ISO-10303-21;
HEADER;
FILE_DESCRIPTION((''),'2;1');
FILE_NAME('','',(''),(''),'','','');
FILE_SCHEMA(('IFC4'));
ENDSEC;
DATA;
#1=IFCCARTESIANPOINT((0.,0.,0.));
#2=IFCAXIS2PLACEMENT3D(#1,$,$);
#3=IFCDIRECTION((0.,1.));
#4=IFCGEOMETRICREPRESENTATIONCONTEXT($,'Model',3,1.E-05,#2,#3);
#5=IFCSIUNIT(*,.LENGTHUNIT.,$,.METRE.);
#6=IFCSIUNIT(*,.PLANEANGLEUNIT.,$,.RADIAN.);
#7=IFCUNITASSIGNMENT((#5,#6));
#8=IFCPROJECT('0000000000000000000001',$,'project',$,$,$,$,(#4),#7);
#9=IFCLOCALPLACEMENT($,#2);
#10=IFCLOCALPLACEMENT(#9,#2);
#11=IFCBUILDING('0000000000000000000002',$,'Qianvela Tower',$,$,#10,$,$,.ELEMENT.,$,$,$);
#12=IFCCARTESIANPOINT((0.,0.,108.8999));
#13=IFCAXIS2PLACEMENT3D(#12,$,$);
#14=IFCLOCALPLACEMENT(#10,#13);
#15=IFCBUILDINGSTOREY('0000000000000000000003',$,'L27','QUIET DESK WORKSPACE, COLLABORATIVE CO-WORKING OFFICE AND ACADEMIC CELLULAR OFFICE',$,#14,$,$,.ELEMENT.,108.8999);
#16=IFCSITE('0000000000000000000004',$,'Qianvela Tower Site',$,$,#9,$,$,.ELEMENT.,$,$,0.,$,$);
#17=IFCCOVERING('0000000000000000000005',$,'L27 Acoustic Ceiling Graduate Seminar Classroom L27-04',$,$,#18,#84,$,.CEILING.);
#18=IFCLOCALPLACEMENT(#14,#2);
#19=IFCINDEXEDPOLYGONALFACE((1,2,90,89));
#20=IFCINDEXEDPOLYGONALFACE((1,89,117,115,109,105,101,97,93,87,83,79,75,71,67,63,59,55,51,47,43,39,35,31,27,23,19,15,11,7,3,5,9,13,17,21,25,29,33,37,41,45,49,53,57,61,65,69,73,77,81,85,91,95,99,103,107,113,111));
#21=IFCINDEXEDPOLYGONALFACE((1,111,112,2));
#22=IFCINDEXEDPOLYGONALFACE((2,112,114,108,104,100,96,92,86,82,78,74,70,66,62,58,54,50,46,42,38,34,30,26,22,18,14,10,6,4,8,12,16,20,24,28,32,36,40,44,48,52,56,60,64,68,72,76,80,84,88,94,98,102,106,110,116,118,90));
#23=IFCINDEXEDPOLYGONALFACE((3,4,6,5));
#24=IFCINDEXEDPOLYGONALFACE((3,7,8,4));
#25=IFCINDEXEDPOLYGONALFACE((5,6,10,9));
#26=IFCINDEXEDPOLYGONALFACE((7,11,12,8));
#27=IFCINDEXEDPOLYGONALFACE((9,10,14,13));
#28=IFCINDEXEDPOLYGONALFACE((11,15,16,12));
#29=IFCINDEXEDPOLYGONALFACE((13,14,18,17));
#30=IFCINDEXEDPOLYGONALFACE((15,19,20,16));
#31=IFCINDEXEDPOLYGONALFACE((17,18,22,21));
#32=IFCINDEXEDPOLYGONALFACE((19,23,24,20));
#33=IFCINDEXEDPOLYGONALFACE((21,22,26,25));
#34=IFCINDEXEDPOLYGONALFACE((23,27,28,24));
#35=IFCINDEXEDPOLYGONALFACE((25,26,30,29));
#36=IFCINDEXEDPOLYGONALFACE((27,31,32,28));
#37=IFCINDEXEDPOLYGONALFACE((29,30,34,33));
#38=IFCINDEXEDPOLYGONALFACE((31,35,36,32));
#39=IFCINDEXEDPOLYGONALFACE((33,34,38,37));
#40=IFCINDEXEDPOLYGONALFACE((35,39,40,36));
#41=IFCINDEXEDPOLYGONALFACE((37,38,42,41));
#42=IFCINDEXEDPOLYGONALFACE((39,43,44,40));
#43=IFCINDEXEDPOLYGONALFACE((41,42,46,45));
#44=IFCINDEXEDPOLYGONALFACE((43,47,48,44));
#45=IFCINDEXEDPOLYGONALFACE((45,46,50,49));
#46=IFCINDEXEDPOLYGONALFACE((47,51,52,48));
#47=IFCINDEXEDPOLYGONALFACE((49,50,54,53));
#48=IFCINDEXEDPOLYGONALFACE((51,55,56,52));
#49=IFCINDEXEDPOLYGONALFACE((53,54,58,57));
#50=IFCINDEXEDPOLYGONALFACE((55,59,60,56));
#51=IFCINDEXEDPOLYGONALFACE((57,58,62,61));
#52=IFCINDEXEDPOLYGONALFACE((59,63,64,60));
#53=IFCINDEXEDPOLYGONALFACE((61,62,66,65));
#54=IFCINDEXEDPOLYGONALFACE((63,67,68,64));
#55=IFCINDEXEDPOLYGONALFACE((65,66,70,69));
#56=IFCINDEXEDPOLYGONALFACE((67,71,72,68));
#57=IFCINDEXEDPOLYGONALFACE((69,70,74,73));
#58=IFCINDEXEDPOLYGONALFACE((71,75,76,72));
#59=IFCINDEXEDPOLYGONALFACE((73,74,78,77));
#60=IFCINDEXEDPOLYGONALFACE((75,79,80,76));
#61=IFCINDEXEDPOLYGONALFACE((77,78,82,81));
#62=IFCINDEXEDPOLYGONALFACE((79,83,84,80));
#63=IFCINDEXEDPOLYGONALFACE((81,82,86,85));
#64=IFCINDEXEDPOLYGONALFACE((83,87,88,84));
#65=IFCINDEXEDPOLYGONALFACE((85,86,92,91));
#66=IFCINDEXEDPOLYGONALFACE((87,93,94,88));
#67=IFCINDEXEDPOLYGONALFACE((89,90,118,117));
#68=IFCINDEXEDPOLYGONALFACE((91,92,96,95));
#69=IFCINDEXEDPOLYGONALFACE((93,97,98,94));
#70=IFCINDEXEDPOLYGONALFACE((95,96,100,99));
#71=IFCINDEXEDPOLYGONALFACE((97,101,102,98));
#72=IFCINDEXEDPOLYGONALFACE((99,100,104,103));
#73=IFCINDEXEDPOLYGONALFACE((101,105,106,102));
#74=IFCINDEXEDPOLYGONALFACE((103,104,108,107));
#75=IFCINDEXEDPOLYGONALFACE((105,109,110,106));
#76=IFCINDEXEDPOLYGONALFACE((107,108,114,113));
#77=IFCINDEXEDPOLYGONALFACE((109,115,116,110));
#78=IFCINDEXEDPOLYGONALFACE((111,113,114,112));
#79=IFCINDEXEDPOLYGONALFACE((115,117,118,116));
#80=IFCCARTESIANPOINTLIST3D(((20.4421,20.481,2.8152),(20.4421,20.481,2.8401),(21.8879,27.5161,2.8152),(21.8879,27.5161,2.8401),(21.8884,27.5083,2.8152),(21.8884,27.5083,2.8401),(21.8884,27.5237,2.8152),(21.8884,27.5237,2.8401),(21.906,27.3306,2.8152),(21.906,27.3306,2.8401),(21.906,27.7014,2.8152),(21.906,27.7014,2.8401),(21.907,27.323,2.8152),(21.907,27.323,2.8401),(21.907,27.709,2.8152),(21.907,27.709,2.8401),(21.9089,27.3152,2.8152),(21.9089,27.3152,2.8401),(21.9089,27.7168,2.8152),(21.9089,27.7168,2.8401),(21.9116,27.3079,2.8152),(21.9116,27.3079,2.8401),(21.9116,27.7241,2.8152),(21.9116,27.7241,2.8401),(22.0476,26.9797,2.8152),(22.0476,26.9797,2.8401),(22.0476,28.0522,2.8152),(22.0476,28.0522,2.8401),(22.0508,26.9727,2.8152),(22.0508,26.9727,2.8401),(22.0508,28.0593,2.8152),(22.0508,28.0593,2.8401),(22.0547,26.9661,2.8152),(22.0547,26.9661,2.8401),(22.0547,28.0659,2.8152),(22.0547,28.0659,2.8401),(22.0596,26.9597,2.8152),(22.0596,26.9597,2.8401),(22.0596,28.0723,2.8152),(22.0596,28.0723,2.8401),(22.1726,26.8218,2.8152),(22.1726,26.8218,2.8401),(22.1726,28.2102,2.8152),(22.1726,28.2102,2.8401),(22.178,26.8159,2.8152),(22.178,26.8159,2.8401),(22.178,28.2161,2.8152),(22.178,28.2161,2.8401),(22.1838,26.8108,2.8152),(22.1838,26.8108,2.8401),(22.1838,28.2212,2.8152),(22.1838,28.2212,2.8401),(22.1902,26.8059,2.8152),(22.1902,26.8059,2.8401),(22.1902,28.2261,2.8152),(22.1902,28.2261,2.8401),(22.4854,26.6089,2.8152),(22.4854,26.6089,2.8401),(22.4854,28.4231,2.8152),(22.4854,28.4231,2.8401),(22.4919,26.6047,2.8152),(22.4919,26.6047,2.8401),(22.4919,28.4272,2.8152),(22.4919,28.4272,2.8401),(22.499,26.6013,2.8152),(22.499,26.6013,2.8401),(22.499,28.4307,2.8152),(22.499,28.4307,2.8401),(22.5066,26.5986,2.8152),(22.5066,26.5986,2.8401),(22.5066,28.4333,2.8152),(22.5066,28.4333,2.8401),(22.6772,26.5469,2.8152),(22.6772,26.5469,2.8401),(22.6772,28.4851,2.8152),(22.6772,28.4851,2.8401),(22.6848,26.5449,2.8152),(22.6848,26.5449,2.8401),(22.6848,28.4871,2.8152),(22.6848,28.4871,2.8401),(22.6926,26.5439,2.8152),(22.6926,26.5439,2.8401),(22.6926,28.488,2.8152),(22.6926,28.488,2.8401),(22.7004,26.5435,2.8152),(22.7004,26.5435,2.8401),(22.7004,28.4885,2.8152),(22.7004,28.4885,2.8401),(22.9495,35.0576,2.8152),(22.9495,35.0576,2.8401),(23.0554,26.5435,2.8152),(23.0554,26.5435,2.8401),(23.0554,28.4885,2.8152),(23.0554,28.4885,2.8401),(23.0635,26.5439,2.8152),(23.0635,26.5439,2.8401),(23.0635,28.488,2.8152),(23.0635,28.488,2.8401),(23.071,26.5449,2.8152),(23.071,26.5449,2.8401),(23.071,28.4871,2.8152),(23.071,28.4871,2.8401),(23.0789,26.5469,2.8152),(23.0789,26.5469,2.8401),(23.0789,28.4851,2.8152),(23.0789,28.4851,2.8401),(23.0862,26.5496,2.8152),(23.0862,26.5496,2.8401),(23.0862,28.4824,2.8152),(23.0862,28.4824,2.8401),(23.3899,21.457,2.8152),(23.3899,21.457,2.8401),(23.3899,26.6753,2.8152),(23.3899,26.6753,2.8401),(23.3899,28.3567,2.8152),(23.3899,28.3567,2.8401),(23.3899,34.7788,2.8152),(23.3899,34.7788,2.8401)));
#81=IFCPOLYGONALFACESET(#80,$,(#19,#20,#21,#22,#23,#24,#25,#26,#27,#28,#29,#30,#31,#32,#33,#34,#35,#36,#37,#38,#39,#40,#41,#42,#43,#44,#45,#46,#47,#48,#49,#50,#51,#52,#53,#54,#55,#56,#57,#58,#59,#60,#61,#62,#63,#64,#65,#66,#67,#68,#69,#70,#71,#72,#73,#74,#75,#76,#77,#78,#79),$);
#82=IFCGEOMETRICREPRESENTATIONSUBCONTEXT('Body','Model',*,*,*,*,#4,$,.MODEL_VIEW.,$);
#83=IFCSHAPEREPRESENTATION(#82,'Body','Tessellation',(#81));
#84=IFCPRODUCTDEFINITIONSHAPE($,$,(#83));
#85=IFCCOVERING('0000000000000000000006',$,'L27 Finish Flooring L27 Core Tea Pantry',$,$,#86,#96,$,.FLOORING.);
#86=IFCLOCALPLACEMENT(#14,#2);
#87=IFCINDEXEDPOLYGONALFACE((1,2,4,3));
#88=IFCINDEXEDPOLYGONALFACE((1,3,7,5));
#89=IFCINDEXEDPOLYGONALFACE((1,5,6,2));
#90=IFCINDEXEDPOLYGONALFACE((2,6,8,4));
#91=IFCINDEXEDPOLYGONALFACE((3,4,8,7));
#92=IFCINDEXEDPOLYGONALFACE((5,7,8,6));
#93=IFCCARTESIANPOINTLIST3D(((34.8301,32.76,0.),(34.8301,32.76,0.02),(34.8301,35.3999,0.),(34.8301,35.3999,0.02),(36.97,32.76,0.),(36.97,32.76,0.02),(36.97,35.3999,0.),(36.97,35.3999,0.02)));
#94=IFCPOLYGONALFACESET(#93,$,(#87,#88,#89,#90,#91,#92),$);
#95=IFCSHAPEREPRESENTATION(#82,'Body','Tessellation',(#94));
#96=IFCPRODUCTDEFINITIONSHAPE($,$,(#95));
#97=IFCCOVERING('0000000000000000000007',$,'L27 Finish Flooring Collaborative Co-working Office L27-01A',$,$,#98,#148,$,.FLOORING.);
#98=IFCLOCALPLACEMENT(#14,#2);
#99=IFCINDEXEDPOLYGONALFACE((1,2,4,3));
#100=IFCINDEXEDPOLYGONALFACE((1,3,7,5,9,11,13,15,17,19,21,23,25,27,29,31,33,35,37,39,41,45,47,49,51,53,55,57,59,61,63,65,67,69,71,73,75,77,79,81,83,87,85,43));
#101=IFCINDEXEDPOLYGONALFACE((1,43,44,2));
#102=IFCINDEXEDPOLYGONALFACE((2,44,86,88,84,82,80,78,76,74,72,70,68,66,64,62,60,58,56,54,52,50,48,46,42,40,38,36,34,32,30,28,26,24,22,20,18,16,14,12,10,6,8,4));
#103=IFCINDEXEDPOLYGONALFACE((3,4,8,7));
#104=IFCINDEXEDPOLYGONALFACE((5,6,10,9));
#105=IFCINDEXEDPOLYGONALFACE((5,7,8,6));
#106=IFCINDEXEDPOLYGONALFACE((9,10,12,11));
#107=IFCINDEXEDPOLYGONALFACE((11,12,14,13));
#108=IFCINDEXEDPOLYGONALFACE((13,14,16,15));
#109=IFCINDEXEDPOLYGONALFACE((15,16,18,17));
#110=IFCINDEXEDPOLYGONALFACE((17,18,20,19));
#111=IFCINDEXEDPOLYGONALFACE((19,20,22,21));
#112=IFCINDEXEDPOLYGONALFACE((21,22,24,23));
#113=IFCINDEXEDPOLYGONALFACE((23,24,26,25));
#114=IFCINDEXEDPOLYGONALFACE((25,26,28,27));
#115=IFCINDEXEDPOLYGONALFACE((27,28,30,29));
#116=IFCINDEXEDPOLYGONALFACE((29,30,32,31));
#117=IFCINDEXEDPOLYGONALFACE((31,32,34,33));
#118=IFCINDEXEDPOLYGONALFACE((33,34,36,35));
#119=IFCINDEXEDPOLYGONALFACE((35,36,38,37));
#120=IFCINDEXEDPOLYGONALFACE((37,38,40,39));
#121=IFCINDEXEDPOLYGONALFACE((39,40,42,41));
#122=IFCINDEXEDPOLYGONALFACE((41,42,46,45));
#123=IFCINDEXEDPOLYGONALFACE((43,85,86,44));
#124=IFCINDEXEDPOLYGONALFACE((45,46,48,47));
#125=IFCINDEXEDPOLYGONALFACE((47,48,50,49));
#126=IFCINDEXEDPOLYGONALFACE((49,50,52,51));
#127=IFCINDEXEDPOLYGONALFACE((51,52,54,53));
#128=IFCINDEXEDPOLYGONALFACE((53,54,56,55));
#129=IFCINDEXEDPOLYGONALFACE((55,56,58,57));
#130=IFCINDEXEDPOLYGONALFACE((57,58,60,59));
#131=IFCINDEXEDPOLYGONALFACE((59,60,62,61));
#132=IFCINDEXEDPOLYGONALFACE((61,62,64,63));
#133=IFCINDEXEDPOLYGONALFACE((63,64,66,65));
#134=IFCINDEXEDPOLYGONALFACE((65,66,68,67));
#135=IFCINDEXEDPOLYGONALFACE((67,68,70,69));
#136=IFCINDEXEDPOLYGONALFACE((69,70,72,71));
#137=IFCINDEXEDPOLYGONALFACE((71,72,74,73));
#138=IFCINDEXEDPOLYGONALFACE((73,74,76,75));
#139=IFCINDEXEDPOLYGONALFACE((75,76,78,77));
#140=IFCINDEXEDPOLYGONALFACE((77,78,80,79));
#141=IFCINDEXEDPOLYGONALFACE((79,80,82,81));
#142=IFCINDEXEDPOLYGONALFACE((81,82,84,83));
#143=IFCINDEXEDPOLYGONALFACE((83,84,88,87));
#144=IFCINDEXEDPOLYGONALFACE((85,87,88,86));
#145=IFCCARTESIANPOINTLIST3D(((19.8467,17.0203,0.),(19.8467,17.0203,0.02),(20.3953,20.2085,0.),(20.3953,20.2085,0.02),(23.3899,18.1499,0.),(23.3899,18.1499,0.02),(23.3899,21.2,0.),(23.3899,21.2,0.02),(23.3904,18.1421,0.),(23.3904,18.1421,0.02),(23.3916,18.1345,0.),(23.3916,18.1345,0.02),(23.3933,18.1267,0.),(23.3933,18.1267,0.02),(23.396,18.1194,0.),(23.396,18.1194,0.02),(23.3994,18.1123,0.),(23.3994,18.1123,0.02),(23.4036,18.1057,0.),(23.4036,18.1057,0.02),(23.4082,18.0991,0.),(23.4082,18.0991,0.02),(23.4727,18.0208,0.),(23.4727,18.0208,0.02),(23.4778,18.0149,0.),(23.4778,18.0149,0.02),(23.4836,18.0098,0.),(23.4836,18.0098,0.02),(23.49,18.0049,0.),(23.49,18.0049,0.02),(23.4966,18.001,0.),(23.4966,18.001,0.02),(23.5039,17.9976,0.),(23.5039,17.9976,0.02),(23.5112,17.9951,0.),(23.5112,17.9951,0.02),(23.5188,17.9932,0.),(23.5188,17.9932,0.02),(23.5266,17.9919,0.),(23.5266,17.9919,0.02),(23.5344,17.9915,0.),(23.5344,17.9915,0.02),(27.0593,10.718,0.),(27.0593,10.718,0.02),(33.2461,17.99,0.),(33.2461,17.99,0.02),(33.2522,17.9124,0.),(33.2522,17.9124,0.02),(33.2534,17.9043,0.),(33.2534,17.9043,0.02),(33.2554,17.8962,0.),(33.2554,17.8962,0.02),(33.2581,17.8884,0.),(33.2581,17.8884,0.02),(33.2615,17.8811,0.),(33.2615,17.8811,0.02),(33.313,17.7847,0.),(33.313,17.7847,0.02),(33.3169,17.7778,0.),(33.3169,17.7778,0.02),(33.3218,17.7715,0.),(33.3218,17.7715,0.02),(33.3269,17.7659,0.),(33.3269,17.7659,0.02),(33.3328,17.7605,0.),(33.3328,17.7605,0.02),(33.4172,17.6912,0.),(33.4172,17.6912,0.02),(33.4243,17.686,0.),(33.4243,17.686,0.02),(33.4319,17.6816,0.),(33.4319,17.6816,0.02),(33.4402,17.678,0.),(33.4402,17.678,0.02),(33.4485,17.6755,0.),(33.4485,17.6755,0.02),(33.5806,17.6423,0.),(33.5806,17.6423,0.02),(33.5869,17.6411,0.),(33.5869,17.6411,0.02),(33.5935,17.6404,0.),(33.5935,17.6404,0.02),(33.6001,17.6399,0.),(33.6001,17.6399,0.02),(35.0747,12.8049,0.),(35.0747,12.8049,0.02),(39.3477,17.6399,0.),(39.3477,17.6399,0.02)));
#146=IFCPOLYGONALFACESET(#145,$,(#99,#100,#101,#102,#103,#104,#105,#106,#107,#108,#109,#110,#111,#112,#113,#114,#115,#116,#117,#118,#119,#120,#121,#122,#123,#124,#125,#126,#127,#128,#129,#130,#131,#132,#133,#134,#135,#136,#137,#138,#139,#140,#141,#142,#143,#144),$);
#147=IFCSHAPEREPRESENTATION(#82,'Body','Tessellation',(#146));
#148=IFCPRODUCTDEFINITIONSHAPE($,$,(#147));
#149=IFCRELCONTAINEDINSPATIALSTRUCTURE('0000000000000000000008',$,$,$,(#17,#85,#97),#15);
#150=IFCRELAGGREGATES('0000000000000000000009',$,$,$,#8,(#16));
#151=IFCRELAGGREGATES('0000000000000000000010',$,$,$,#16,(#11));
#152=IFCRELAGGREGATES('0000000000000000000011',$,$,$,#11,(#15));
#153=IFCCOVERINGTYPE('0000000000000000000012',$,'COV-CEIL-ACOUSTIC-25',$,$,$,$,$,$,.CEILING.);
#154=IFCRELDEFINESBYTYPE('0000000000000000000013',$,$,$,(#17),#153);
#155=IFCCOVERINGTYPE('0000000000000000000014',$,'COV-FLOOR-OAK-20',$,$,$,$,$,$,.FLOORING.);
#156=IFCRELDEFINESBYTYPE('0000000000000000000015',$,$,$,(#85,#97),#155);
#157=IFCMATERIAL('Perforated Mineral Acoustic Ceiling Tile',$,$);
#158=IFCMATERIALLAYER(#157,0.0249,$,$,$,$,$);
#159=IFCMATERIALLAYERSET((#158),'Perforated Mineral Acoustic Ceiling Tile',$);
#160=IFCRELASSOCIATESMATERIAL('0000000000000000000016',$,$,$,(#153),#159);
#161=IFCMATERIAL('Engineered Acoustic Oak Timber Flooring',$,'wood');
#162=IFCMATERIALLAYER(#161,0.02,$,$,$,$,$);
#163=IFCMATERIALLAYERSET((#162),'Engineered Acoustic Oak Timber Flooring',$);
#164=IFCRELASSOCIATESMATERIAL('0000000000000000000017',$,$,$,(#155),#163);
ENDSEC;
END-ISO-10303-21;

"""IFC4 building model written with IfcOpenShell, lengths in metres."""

from ifc_helpers import new_model, si_unit, direction, frame, origin, place, context, subcontext, project, spatial, polyline, outline, extrude, material, layer, layer_set, type_object, element, save


model = new_model("IFC4")

# Units and contexts
model_context = context("Model", 3, precision=1e-05, world=origin(), true_north=direction((0.0, 1.0)))
body_context = subcontext(model_context, "Body", "Model", "MODEL_VIEW")
ifc_project = project(units=[si_unit("LENGTHUNIT", "METRE"), si_unit("PLANEANGLEUNIT", "RADIAN")], contexts=[model_context])

# Site, building, storey
site_placement = place(None, origin())
site = spatial("IfcSite", under=ifc_project, at=site_placement, Name="Qianvela Tower Site", CompositionType="ELEMENT", RefElevation=0.0)
building_placement = place(site_placement, origin())
building = spatial("IfcBuilding", under=site, at=building_placement, Name="Qianvela Tower", CompositionType="ELEMENT")
storey_placement = place(building_placement, frame((0.0, 0.0, 108.8999)))
storey = spatial("IfcBuildingStorey", under=building, at=storey_placement, Name="L27", Description="QUIET DESK WORKSPACE, COLLABORATIVE CO-WORKING OFFICE AND ACADEMIC CELLULAR OFFICE", CompositionType="ELEMENT", Elevation=108.8999)

# Coverings
ifc_material_1 = material(Name="Perforated Mineral Acoustic Ceiling Tile")
ifc_layer_1 = layer(ifc_material_1, 0.0249)
ifc_layer_set_1 = layer_set([ifc_layer_1], Name="Perforated Mineral Acoustic Ceiling Tile")
covering_type_1 = type_object("IfcCoveringType", Name="COV-CEIL-ACOUSTIC-25", PredefinedType="CEILING", material=ifc_layer_set_1)
covering_1_placement = place(storey_placement, frame((0.0, 0.0, 2.8152)))
element("IfcCovering", 1, at=covering_1_placement, inside=storey, type_object=covering_type_1, Name="L27 Acoustic Ceiling Graduate Seminar Classroom L27-04", PredefinedType="CEILING", context=body_context, shape_type="SweptSolid", body=[
    extrude(outline(polyline([(23.3899, 26.6753), (23.3899, 21.457), (20.4421, 20.481), (22.9495, 35.0576), (23.3899, 34.7788), (23.3899, 28.3567), (23.0862, 28.4824), (23.0789, 28.4851), (23.071, 28.4871), (23.0635, 28.488), (23.0554, 28.4885), (22.7004, 28.4885), (22.6926, 28.488), (22.6848, 28.4871), (22.6772, 28.4851), (22.5066, 28.4333), (22.499, 28.4307), (22.4919, 28.4272), (22.4854, 28.4231), (22.1902, 28.2261), (22.1838, 28.2212), (22.178, 28.2161), (22.1726, 28.2102), (22.0596, 28.0723), (22.0547, 28.0659), (22.0508, 28.0593), (22.0476, 28.0522), (21.9116, 27.7241), (21.9089, 27.7168), (21.907, 27.709), (21.906, 27.7014), (21.8884, 27.5237), (21.8879, 27.5161), (21.8884, 27.5083), (21.906, 27.3306), (21.907, 27.323), (21.9089, 27.3152), (21.9116, 27.3079), (22.0476, 26.9797), (22.0508, 26.9727), (22.0547, 26.9661), (22.0596, 26.9597), (22.1726, 26.8218), (22.178, 26.8159), (22.1838, 26.8108), (22.1902, 26.8059), (22.4854, 26.6089), (22.4919, 26.6047), (22.499, 26.6013), (22.5066, 26.5986), (22.6772, 26.5469), (22.6848, 26.5449), (22.6926, 26.5439), (22.7004, 26.5435), (23.0554, 26.5435), (23.0635, 26.5439), (23.071, 26.5449), (23.0789, 26.5469), (23.0862, 26.5496), (23.3899, 26.6753)])), origin(), (0.0, 0.0, 1.0), 0.0249),
])
ifc_material_2 = material(Name="Engineered Acoustic Oak Timber Flooring", Category="wood")
ifc_layer_2 = layer(ifc_material_2, 0.02)
ifc_layer_set_2 = layer_set([ifc_layer_2], Name="Engineered Acoustic Oak Timber Flooring")
covering_type_2 = type_object("IfcCoveringType", Name="COV-FLOOR-OAK-20", PredefinedType="FLOORING", material=ifc_layer_set_2)
covering_2_placement = place(storey_placement, origin())
element("IfcCovering", 2, at=covering_2_placement, inside=storey, type_object=covering_type_2, Name="L27 Finish Flooring L27 Core Tea Pantry", PredefinedType="FLOORING", context=body_context, shape_type="SweptSolid", body=[
    extrude(outline(polyline([(36.97, 32.76), (34.8301, 32.76), (34.8301, 35.3999), (36.97, 35.3999), (36.97, 32.76)])), origin(), (0.0, 0.0, 1.0), 0.02),
])
covering_3_placement = place(storey_placement, origin())
element("IfcCovering", 3, at=covering_3_placement, inside=storey, type_object=covering_type_2, Name="L27 Finish Flooring Collaborative Co-working Office L27-01A", PredefinedType="FLOORING", context=body_context, shape_type="SweptSolid", body=[
    extrude(outline(polyline([(23.3899, 18.1499), (23.3904, 18.1421), (23.3916, 18.1345), (23.3933, 18.1267), (23.396, 18.1194), (23.3994, 18.1123), (23.4036, 18.1057), (23.4082, 18.0991), (23.4727, 18.0208), (23.4778, 18.0149), (23.4836, 18.0098), (23.49, 18.0049), (23.4966, 18.001), (23.5039, 17.9976), (23.5112, 17.9951), (23.5188, 17.9932), (23.5266, 17.9919), (23.5344, 17.9915), (33.2461, 17.99), (33.2522, 17.9124), (33.2534, 17.9043), (33.2554, 17.8962), (33.2581, 17.8884), (33.2615, 17.8811), (33.313, 17.7847), (33.3169, 17.7778), (33.3218, 17.7715), (33.3269, 17.7659), (33.3328, 17.7605), (33.4172, 17.6912), (33.4243, 17.686), (33.4319, 17.6816), (33.4402, 17.678), (33.4485, 17.6755), (33.5806, 17.6423), (33.5869, 17.6411), (33.5935, 17.6404), (33.6001, 17.6399), (39.3477, 17.6399), (35.0747, 12.8049), (27.0593, 10.718), (19.8467, 17.0203), (20.3953, 20.2085), (23.3899, 21.2), (23.3899, 18.1499)])), origin(), (0.0, 0.0, 1.0), 0.02),
])

save(model, "model.ifc")
